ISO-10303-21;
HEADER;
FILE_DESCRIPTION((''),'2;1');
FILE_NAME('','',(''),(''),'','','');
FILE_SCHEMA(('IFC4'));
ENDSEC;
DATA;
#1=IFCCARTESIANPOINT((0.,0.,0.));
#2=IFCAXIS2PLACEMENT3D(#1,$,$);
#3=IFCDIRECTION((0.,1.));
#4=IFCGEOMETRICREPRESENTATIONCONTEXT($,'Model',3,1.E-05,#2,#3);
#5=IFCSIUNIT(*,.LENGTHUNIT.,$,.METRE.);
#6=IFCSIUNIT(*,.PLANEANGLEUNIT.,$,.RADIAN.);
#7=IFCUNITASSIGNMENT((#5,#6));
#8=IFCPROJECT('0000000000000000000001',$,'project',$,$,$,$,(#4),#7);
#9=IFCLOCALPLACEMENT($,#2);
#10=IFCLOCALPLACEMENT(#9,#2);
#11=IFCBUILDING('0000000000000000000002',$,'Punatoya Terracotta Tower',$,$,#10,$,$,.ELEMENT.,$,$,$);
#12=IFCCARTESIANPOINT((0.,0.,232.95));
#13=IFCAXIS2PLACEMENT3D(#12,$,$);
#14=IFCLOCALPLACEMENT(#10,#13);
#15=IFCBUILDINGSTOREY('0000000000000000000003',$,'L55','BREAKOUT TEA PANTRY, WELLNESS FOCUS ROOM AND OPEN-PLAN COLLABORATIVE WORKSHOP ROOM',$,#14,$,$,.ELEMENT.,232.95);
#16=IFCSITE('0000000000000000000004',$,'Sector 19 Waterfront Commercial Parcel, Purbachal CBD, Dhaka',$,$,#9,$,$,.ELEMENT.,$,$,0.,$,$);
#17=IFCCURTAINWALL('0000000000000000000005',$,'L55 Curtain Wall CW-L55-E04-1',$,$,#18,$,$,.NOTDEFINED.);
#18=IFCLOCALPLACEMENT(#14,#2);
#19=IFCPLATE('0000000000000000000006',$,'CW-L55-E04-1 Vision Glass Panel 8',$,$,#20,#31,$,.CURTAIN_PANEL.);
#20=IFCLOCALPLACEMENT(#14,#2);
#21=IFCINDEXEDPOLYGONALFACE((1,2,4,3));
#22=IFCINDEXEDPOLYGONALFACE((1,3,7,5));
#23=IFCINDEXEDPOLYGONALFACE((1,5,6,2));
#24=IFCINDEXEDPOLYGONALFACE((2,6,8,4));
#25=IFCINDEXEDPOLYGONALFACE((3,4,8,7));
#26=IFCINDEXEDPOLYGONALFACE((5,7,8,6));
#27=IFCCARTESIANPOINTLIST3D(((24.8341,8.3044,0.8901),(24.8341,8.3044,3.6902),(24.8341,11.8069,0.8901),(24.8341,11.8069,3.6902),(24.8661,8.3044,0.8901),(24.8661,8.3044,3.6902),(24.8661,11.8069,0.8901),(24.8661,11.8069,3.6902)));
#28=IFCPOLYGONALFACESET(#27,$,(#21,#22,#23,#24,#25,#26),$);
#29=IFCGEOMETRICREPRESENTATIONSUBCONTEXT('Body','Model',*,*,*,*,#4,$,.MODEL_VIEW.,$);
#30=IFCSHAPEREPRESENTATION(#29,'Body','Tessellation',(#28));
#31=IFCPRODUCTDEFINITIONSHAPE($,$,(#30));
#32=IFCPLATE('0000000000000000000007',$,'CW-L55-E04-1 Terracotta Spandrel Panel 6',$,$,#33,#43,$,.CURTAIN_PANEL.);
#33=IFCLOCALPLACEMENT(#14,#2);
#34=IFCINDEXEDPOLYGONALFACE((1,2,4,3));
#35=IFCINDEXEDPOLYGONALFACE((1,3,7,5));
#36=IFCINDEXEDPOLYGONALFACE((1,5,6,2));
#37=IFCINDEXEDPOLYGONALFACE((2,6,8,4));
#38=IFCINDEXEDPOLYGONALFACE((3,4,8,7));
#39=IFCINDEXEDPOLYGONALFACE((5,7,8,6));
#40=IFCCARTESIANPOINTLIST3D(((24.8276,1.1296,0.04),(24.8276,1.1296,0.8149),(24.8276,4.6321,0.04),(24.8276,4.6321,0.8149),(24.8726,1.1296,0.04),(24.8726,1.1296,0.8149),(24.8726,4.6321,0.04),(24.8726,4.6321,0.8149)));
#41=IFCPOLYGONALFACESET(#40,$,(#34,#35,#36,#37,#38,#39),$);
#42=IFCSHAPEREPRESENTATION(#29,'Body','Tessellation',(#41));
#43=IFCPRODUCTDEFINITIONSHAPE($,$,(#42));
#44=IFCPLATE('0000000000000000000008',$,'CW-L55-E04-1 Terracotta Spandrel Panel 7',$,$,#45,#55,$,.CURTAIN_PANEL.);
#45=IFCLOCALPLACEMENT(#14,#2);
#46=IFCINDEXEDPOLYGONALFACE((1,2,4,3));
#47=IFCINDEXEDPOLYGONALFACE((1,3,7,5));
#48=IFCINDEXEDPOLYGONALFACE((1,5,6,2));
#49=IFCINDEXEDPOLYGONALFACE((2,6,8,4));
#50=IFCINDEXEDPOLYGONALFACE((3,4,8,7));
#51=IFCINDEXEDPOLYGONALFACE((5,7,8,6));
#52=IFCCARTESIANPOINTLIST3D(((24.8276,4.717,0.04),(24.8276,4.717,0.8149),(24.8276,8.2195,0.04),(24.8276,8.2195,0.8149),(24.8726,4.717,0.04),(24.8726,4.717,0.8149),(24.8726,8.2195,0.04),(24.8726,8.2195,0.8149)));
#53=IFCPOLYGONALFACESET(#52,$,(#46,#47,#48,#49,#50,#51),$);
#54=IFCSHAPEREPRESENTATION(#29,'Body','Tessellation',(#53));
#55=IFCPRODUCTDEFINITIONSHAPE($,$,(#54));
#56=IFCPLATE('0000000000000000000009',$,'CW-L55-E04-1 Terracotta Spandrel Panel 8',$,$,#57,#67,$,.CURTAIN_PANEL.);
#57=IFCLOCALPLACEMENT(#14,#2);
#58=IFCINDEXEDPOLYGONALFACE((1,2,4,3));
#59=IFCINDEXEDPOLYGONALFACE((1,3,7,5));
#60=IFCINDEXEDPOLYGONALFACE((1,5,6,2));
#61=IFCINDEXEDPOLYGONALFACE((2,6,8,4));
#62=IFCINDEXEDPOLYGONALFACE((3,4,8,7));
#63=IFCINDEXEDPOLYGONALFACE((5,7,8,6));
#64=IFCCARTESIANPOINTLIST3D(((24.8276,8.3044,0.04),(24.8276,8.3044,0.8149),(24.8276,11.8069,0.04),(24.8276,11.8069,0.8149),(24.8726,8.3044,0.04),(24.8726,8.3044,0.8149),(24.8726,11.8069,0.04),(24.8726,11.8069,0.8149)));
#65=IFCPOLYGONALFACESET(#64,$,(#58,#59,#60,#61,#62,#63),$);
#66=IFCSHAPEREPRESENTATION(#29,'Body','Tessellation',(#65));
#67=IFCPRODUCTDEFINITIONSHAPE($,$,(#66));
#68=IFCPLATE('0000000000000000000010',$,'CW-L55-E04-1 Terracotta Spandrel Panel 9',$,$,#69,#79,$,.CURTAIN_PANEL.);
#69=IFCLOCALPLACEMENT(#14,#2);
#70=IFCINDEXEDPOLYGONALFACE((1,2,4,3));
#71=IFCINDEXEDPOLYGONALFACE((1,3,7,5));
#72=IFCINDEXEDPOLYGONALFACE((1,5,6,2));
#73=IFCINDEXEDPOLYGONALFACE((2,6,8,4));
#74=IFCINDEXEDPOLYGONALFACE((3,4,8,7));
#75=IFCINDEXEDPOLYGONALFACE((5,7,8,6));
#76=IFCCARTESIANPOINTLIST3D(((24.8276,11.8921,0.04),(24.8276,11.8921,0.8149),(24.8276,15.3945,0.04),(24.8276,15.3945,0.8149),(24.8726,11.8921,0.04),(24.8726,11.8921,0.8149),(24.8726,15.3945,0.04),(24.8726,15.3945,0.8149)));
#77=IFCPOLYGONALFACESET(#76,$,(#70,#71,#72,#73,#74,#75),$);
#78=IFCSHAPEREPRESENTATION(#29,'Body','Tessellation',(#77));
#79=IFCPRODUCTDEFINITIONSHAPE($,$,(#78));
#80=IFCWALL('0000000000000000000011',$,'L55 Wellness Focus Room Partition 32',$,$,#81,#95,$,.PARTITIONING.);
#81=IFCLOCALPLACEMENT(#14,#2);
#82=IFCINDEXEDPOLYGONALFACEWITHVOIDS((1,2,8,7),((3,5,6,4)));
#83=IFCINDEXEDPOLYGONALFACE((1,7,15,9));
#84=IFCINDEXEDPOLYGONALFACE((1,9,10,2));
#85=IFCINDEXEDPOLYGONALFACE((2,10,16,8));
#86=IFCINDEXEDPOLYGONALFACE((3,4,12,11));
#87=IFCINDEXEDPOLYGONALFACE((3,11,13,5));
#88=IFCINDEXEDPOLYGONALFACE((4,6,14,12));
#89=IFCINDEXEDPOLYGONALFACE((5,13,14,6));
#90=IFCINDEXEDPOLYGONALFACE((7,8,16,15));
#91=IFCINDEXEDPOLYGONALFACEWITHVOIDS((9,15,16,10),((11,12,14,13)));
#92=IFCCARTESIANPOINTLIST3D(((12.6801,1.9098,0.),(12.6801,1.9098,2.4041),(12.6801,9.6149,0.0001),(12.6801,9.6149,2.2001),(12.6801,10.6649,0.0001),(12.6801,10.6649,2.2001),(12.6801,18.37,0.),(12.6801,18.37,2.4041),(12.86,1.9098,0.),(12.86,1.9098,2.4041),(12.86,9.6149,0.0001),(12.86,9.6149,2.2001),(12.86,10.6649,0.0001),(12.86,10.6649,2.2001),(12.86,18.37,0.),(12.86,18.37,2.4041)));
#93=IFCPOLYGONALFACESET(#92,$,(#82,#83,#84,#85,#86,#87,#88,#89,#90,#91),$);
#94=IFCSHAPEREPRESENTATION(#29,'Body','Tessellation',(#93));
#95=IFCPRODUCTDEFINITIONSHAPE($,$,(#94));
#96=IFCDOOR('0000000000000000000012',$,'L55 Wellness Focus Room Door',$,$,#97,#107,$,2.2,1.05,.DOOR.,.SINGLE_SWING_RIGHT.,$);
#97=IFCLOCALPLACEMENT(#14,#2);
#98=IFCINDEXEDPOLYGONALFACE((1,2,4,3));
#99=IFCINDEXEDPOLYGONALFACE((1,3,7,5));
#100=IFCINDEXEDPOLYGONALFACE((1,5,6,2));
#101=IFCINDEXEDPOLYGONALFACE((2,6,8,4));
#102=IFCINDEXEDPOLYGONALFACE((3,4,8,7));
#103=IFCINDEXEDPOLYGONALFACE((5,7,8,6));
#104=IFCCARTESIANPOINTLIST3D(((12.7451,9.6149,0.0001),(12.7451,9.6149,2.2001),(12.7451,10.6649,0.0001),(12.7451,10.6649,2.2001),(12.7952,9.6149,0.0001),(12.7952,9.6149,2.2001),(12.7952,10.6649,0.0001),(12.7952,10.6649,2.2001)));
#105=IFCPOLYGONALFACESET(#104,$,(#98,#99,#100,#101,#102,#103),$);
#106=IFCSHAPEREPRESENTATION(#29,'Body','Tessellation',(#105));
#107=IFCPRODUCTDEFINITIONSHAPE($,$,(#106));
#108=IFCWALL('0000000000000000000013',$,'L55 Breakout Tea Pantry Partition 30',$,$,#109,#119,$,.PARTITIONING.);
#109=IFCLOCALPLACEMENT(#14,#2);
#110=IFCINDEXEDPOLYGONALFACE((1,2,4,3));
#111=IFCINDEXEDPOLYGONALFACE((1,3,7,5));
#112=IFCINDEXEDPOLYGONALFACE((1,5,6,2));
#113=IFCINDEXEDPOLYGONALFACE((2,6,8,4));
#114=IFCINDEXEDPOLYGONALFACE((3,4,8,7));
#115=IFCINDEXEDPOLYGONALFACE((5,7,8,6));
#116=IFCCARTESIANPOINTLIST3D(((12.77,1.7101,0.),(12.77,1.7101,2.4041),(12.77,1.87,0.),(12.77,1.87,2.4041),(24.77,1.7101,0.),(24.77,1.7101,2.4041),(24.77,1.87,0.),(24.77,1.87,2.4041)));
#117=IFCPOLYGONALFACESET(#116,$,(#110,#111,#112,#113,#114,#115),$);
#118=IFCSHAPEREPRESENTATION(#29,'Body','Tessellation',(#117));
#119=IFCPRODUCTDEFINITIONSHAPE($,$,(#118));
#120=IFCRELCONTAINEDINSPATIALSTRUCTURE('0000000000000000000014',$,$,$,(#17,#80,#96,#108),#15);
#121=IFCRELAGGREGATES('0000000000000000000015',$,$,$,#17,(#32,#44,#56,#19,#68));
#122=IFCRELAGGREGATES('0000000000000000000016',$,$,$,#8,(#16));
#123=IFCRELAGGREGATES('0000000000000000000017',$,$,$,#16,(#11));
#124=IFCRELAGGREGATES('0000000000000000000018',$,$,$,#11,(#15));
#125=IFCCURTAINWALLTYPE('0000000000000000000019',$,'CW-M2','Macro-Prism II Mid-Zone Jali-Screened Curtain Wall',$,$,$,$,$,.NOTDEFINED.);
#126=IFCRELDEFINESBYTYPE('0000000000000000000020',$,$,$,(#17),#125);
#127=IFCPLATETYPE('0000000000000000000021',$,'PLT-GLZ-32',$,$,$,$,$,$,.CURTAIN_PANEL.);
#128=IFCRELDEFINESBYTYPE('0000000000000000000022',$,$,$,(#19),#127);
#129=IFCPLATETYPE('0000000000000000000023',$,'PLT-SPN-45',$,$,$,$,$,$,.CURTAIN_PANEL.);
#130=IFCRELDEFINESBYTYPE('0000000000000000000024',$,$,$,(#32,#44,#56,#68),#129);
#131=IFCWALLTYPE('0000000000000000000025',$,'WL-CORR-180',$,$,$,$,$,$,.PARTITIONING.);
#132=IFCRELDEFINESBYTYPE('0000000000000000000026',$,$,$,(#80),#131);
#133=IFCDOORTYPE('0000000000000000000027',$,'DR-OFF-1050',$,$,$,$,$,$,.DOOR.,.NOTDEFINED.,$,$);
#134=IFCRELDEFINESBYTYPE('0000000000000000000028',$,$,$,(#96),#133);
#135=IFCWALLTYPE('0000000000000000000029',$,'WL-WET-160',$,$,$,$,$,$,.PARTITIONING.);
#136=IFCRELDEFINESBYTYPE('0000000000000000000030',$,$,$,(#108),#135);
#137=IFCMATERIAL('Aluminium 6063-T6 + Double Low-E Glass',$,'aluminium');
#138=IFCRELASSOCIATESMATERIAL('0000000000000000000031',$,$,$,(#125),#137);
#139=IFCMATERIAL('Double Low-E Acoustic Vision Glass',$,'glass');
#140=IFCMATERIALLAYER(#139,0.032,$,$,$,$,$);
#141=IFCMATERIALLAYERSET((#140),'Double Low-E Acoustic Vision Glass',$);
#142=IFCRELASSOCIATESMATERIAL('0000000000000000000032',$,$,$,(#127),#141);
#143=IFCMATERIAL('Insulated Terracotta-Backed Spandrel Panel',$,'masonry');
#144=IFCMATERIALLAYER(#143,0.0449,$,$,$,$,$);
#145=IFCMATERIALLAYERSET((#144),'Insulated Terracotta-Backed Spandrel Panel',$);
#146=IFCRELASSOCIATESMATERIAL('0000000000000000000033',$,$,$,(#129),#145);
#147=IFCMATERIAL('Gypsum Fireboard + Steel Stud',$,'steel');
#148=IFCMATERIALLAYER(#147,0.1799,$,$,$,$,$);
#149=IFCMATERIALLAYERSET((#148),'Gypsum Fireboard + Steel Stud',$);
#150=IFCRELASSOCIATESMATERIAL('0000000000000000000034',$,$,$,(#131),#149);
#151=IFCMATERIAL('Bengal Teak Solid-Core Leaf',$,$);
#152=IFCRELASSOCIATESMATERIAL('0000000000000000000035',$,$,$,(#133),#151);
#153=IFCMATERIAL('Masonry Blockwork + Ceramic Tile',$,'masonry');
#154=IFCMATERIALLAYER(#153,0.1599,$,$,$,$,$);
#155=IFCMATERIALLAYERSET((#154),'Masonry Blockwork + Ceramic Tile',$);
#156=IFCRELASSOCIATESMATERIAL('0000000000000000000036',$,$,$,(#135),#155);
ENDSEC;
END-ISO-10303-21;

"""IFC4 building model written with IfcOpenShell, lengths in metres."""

from ifc_helpers import new_model, si_unit, direction, frame, frame_2d, origin, origin_2d, place, context, subcontext, project, spatial, rectangle, extrude, material, layer, layer_set, type_object, element, fill, aggregate, save


model = new_model("IFC4")

# Units and contexts
model_context = context("Model", 3, precision=1e-05, world=origin(), true_north=direction((0.0, 1.0)))
body_context = subcontext(model_context, "Body", "Model", "MODEL_VIEW")
ifc_project = project(units=[si_unit("LENGTHUNIT", "METRE"), si_unit("PLANEANGLEUNIT", "RADIAN")], contexts=[model_context])

# Site, building, storey
site_placement = place(None, origin())
site = spatial("IfcSite", under=ifc_project, at=site_placement, Name="Sector 19 Waterfront Commercial Parcel, Purbachal CBD, Dhaka", CompositionType="ELEMENT", RefElevation=0.0)
building_placement = place(site_placement, origin())
building = spatial("IfcBuilding", under=site, at=building_placement, Name="Punatoya Terracotta Tower", CompositionType="ELEMENT")
storey_placement = place(building_placement, frame((0.0, 0.0, 232.95)))
storey = spatial("IfcBuildingStorey", under=building, at=storey_placement, Name="L55", Description="BREAKOUT TEA PANTRY, WELLNESS FOCUS ROOM AND OPEN-PLAN COLLABORATIVE WORKSHOP ROOM", CompositionType="ELEMENT", Elevation=232.95)

# Curtain wall, plates
ifc_material_1 = material(Name="Aluminium 6063-T6 + Double Low-E Glass", Category="aluminium")
curtain_wall_type = type_object("IfcCurtainWallType", Name="CW-M2", Description="Macro-Prism II Mid-Zone Jali-Screened Curtain Wall", PredefinedType="NOTDEFINED", material=ifc_material_1)
curtain_wall_placement = place(storey_placement, origin())
curtain_wall = element("IfcCurtainWall", 1, at=curtain_wall_placement, inside=storey, type_object=curtain_wall_type, Name="L55 Curtain Wall CW-L55-E04-1", PredefinedType="NOTDEFINED")
ifc_material_2 = material(Name="Double Low-E Acoustic Vision Glass", Category="glass")
ifc_layer_1 = layer(ifc_material_2, 0.032)
ifc_layer_set_1 = layer_set([ifc_layer_1], Name="Double Low-E Acoustic Vision Glass")
plate_type_1 = type_object("IfcPlateType", Name="PLT-GLZ-32", PredefinedType="CURTAIN_PANEL", material=ifc_layer_set_1)
plate_1_placement = place(storey_placement, frame((24.8501, 10.0557, 0.8901), z_axis=(0.0, 0.0, 1.0), x_axis=(0.0, 1.0, 0.0)))
plate_1 = element("IfcPlate", 2, at=plate_1_placement, type_object=plate_type_1, Name="CW-L55-E04-1 Vision Glass Panel 8", PredefinedType="CURTAIN_PANEL", context=body_context, shape_type="SweptSolid", body=[
    extrude(rectangle(XDim=3.5024, YDim=0.032, at=origin_2d()), origin(), (0.0, 0.0, 1.0), 2.8),
])
ifc_material_3 = material(Name="Insulated Terracotta-Backed Spandrel Panel", Category="masonry")
ifc_layer_2 = layer(ifc_material_3, 0.0449)
ifc_layer_set_2 = layer_set([ifc_layer_2], Name="Insulated Terracotta-Backed Spandrel Panel")
plate_type_2 = type_object("IfcPlateType", Name="PLT-SPN-45", PredefinedType="CURTAIN_PANEL", material=ifc_layer_set_2)
plate_2_placement = place(storey_placement, frame((24.8501, 2.8809, 0.04), z_axis=(0.0, 0.0, 1.0), x_axis=(0.0, 1.0, 0.0)))
plate_2 = element("IfcPlate", 3, at=plate_2_placement, type_object=plate_type_2, Name="CW-L55-E04-1 Terracotta Spandrel Panel 6", PredefinedType="CURTAIN_PANEL", context=body_context, shape_type="SweptSolid", body=[
    extrude(rectangle(XDim=3.5024, YDim=0.0449, at=origin_2d()), origin(), (0.0, 0.0, 1.0), 0.7749),
])
plate_3_placement = place(storey_placement, frame((24.8501, 6.4683, 0.04), z_axis=(0.0, 0.0, 1.0), x_axis=(0.0, 1.0, 0.0)))
plate_3 = element("IfcPlate", 4, at=plate_3_placement, type_object=plate_type_2, Name="CW-L55-E04-1 Terracotta Spandrel Panel 7", PredefinedType="CURTAIN_PANEL", context=body_context, shape_type="SweptSolid", body=[
    extrude(rectangle(XDim=3.5024, YDim=0.0449, at=origin_2d()), origin(), (0.0, 0.0, 1.0), 0.7749),
])
plate_4_placement = place(storey_placement, frame((24.8501, 10.0557, 0.04), z_axis=(0.0, 0.0, 1.0), x_axis=(0.0, 1.0, 0.0)))
plate_4 = element("IfcPlate", 5, at=plate_4_placement, type_object=plate_type_2, Name="CW-L55-E04-1 Terracotta Spandrel Panel 8", PredefinedType="CURTAIN_PANEL", context=body_context, shape_type="SweptSolid", body=[
    extrude(rectangle(XDim=3.5024, YDim=0.0449, at=origin_2d()), origin(), (0.0, 0.0, 1.0), 0.7749),
])
plate_5_placement = place(storey_placement, frame((24.8501, 13.6433, 0.04), z_axis=(0.0, 0.0, 1.0), x_axis=(0.0, 1.0, 0.0)))
plate_5 = element("IfcPlate", 6, at=plate_5_placement, type_object=plate_type_2, Name="CW-L55-E04-1 Terracotta Spandrel Panel 9", PredefinedType="CURTAIN_PANEL", context=body_context, shape_type="SweptSolid", body=[
    extrude(rectangle(XDim=3.5024, YDim=0.0449, at=origin_2d()), origin(), (0.0, 0.0, 1.0), 0.7749),
])
aggregate(curtain_wall, [plate_2, plate_3, plate_4, plate_1, plate_5])

# Wall, opening, door
ifc_material_4 = material(Name="Gypsum Fireboard + Steel Stud", Category="steel")
ifc_layer_3 = layer(ifc_material_4, 0.1799)
ifc_layer_set_3 = layer_set([ifc_layer_3], Name="Gypsum Fireboard + Steel Stud")
wall_type_1 = type_object("IfcWallType", Name="WL-CORR-180", PredefinedType="PARTITIONING", material=ifc_layer_set_3)
wall_1_placement = place(storey_placement, frame((12.77, 1.9099, 0.0), z_axis=(0.0, 0.0, 1.0), x_axis=(0.0, 1.0, 0.0)))
wall_1 = element("IfcWall", 7, at=wall_1_placement, inside=storey, type_object=wall_type_1, Name="L55 Wellness Focus Room Partition 32", PredefinedType="PARTITIONING", context=body_context, shape_type="SweptSolid", body=[
    extrude(rectangle(XDim=16.4602, YDim=0.1799, at=frame_2d((8.23, 0.0))), origin(), (0.0, 0.0, 1.0), 2.4041),
])
opening_placement = place(wall_1_placement, frame((7.7051, 0.0, 0.0)))
opening = element("IfcOpeningElement", 8, at=opening_placement, cuts=wall_1, PredefinedType="OPENING", context=body_context, shape_type="SweptSolid", body=[
    extrude(rectangle(XDim=1.05, YDim=2.2, at=frame_2d((0.5249, 1.1001))), frame((0.0, 0.0999, 0.0), z_axis=(0.0, -1.0, 0.0), x_axis=(1.0, 0.0, 0.0)), (0.0, 0.0, 1.0), 0.2),
])
ifc_material_5 = material(Name="Bengal Teak Solid-Core Leaf")
door_type = type_object("IfcDoorType", Name="DR-OFF-1050", OperationType="NOTDEFINED", PredefinedType="DOOR", material=ifc_material_5)
door_placement = place(opening_placement, origin())
door = element("IfcDoor", 9, at=door_placement, inside=storey, type_object=door_type, Name="L55 Wellness Focus Room Door", OperationType="SINGLE_SWING_RIGHT", OverallHeight=2.2, OverallWidth=1.05, PredefinedType="DOOR", context=body_context, shape_type="SweptSolid", body=[
    extrude(rectangle(XDim=1.05, YDim=2.2, at=frame_2d((0.5249, 1.1001))), frame((0.0, 0.0249, 0.0), z_axis=(0.0, -1.0, 0.0), x_axis=(1.0, 0.0, 0.0)), (0.0, 0.0, 1.0), 0.05),
])
fill(opening, door)

# Wall
ifc_material_6 = material(Name="Masonry Blockwork + Ceramic Tile", Category="masonry")
ifc_layer_4 = layer(ifc_material_6, 0.1599)
ifc_layer_set_4 = layer_set([ifc_layer_4], Name="Masonry Blockwork + Ceramic Tile")
wall_type_2 = type_object("IfcWallType", Name="WL-WET-160", PredefinedType="PARTITIONING", material=ifc_layer_set_4)
wall_2_placement = place(storey_placement, frame((12.77, 1.79, 0.0), z_axis=(0.0, 0.0, 1.0), x_axis=(1.0, 0.0, 0.0)))
element("IfcWall", 10, at=wall_2_placement, inside=storey, type_object=wall_type_2, Name="L55 Breakout Tea Pantry Partition 30", PredefinedType="PARTITIONING", context=body_context, shape_type="SweptSolid", body=[
    extrude(rectangle(XDim=12.0, YDim=0.1599, at=frame_2d((6.0, 0.0))), origin(), (0.0, 0.0, 1.0), 2.4041),
])

save(model, "model.ifc")
